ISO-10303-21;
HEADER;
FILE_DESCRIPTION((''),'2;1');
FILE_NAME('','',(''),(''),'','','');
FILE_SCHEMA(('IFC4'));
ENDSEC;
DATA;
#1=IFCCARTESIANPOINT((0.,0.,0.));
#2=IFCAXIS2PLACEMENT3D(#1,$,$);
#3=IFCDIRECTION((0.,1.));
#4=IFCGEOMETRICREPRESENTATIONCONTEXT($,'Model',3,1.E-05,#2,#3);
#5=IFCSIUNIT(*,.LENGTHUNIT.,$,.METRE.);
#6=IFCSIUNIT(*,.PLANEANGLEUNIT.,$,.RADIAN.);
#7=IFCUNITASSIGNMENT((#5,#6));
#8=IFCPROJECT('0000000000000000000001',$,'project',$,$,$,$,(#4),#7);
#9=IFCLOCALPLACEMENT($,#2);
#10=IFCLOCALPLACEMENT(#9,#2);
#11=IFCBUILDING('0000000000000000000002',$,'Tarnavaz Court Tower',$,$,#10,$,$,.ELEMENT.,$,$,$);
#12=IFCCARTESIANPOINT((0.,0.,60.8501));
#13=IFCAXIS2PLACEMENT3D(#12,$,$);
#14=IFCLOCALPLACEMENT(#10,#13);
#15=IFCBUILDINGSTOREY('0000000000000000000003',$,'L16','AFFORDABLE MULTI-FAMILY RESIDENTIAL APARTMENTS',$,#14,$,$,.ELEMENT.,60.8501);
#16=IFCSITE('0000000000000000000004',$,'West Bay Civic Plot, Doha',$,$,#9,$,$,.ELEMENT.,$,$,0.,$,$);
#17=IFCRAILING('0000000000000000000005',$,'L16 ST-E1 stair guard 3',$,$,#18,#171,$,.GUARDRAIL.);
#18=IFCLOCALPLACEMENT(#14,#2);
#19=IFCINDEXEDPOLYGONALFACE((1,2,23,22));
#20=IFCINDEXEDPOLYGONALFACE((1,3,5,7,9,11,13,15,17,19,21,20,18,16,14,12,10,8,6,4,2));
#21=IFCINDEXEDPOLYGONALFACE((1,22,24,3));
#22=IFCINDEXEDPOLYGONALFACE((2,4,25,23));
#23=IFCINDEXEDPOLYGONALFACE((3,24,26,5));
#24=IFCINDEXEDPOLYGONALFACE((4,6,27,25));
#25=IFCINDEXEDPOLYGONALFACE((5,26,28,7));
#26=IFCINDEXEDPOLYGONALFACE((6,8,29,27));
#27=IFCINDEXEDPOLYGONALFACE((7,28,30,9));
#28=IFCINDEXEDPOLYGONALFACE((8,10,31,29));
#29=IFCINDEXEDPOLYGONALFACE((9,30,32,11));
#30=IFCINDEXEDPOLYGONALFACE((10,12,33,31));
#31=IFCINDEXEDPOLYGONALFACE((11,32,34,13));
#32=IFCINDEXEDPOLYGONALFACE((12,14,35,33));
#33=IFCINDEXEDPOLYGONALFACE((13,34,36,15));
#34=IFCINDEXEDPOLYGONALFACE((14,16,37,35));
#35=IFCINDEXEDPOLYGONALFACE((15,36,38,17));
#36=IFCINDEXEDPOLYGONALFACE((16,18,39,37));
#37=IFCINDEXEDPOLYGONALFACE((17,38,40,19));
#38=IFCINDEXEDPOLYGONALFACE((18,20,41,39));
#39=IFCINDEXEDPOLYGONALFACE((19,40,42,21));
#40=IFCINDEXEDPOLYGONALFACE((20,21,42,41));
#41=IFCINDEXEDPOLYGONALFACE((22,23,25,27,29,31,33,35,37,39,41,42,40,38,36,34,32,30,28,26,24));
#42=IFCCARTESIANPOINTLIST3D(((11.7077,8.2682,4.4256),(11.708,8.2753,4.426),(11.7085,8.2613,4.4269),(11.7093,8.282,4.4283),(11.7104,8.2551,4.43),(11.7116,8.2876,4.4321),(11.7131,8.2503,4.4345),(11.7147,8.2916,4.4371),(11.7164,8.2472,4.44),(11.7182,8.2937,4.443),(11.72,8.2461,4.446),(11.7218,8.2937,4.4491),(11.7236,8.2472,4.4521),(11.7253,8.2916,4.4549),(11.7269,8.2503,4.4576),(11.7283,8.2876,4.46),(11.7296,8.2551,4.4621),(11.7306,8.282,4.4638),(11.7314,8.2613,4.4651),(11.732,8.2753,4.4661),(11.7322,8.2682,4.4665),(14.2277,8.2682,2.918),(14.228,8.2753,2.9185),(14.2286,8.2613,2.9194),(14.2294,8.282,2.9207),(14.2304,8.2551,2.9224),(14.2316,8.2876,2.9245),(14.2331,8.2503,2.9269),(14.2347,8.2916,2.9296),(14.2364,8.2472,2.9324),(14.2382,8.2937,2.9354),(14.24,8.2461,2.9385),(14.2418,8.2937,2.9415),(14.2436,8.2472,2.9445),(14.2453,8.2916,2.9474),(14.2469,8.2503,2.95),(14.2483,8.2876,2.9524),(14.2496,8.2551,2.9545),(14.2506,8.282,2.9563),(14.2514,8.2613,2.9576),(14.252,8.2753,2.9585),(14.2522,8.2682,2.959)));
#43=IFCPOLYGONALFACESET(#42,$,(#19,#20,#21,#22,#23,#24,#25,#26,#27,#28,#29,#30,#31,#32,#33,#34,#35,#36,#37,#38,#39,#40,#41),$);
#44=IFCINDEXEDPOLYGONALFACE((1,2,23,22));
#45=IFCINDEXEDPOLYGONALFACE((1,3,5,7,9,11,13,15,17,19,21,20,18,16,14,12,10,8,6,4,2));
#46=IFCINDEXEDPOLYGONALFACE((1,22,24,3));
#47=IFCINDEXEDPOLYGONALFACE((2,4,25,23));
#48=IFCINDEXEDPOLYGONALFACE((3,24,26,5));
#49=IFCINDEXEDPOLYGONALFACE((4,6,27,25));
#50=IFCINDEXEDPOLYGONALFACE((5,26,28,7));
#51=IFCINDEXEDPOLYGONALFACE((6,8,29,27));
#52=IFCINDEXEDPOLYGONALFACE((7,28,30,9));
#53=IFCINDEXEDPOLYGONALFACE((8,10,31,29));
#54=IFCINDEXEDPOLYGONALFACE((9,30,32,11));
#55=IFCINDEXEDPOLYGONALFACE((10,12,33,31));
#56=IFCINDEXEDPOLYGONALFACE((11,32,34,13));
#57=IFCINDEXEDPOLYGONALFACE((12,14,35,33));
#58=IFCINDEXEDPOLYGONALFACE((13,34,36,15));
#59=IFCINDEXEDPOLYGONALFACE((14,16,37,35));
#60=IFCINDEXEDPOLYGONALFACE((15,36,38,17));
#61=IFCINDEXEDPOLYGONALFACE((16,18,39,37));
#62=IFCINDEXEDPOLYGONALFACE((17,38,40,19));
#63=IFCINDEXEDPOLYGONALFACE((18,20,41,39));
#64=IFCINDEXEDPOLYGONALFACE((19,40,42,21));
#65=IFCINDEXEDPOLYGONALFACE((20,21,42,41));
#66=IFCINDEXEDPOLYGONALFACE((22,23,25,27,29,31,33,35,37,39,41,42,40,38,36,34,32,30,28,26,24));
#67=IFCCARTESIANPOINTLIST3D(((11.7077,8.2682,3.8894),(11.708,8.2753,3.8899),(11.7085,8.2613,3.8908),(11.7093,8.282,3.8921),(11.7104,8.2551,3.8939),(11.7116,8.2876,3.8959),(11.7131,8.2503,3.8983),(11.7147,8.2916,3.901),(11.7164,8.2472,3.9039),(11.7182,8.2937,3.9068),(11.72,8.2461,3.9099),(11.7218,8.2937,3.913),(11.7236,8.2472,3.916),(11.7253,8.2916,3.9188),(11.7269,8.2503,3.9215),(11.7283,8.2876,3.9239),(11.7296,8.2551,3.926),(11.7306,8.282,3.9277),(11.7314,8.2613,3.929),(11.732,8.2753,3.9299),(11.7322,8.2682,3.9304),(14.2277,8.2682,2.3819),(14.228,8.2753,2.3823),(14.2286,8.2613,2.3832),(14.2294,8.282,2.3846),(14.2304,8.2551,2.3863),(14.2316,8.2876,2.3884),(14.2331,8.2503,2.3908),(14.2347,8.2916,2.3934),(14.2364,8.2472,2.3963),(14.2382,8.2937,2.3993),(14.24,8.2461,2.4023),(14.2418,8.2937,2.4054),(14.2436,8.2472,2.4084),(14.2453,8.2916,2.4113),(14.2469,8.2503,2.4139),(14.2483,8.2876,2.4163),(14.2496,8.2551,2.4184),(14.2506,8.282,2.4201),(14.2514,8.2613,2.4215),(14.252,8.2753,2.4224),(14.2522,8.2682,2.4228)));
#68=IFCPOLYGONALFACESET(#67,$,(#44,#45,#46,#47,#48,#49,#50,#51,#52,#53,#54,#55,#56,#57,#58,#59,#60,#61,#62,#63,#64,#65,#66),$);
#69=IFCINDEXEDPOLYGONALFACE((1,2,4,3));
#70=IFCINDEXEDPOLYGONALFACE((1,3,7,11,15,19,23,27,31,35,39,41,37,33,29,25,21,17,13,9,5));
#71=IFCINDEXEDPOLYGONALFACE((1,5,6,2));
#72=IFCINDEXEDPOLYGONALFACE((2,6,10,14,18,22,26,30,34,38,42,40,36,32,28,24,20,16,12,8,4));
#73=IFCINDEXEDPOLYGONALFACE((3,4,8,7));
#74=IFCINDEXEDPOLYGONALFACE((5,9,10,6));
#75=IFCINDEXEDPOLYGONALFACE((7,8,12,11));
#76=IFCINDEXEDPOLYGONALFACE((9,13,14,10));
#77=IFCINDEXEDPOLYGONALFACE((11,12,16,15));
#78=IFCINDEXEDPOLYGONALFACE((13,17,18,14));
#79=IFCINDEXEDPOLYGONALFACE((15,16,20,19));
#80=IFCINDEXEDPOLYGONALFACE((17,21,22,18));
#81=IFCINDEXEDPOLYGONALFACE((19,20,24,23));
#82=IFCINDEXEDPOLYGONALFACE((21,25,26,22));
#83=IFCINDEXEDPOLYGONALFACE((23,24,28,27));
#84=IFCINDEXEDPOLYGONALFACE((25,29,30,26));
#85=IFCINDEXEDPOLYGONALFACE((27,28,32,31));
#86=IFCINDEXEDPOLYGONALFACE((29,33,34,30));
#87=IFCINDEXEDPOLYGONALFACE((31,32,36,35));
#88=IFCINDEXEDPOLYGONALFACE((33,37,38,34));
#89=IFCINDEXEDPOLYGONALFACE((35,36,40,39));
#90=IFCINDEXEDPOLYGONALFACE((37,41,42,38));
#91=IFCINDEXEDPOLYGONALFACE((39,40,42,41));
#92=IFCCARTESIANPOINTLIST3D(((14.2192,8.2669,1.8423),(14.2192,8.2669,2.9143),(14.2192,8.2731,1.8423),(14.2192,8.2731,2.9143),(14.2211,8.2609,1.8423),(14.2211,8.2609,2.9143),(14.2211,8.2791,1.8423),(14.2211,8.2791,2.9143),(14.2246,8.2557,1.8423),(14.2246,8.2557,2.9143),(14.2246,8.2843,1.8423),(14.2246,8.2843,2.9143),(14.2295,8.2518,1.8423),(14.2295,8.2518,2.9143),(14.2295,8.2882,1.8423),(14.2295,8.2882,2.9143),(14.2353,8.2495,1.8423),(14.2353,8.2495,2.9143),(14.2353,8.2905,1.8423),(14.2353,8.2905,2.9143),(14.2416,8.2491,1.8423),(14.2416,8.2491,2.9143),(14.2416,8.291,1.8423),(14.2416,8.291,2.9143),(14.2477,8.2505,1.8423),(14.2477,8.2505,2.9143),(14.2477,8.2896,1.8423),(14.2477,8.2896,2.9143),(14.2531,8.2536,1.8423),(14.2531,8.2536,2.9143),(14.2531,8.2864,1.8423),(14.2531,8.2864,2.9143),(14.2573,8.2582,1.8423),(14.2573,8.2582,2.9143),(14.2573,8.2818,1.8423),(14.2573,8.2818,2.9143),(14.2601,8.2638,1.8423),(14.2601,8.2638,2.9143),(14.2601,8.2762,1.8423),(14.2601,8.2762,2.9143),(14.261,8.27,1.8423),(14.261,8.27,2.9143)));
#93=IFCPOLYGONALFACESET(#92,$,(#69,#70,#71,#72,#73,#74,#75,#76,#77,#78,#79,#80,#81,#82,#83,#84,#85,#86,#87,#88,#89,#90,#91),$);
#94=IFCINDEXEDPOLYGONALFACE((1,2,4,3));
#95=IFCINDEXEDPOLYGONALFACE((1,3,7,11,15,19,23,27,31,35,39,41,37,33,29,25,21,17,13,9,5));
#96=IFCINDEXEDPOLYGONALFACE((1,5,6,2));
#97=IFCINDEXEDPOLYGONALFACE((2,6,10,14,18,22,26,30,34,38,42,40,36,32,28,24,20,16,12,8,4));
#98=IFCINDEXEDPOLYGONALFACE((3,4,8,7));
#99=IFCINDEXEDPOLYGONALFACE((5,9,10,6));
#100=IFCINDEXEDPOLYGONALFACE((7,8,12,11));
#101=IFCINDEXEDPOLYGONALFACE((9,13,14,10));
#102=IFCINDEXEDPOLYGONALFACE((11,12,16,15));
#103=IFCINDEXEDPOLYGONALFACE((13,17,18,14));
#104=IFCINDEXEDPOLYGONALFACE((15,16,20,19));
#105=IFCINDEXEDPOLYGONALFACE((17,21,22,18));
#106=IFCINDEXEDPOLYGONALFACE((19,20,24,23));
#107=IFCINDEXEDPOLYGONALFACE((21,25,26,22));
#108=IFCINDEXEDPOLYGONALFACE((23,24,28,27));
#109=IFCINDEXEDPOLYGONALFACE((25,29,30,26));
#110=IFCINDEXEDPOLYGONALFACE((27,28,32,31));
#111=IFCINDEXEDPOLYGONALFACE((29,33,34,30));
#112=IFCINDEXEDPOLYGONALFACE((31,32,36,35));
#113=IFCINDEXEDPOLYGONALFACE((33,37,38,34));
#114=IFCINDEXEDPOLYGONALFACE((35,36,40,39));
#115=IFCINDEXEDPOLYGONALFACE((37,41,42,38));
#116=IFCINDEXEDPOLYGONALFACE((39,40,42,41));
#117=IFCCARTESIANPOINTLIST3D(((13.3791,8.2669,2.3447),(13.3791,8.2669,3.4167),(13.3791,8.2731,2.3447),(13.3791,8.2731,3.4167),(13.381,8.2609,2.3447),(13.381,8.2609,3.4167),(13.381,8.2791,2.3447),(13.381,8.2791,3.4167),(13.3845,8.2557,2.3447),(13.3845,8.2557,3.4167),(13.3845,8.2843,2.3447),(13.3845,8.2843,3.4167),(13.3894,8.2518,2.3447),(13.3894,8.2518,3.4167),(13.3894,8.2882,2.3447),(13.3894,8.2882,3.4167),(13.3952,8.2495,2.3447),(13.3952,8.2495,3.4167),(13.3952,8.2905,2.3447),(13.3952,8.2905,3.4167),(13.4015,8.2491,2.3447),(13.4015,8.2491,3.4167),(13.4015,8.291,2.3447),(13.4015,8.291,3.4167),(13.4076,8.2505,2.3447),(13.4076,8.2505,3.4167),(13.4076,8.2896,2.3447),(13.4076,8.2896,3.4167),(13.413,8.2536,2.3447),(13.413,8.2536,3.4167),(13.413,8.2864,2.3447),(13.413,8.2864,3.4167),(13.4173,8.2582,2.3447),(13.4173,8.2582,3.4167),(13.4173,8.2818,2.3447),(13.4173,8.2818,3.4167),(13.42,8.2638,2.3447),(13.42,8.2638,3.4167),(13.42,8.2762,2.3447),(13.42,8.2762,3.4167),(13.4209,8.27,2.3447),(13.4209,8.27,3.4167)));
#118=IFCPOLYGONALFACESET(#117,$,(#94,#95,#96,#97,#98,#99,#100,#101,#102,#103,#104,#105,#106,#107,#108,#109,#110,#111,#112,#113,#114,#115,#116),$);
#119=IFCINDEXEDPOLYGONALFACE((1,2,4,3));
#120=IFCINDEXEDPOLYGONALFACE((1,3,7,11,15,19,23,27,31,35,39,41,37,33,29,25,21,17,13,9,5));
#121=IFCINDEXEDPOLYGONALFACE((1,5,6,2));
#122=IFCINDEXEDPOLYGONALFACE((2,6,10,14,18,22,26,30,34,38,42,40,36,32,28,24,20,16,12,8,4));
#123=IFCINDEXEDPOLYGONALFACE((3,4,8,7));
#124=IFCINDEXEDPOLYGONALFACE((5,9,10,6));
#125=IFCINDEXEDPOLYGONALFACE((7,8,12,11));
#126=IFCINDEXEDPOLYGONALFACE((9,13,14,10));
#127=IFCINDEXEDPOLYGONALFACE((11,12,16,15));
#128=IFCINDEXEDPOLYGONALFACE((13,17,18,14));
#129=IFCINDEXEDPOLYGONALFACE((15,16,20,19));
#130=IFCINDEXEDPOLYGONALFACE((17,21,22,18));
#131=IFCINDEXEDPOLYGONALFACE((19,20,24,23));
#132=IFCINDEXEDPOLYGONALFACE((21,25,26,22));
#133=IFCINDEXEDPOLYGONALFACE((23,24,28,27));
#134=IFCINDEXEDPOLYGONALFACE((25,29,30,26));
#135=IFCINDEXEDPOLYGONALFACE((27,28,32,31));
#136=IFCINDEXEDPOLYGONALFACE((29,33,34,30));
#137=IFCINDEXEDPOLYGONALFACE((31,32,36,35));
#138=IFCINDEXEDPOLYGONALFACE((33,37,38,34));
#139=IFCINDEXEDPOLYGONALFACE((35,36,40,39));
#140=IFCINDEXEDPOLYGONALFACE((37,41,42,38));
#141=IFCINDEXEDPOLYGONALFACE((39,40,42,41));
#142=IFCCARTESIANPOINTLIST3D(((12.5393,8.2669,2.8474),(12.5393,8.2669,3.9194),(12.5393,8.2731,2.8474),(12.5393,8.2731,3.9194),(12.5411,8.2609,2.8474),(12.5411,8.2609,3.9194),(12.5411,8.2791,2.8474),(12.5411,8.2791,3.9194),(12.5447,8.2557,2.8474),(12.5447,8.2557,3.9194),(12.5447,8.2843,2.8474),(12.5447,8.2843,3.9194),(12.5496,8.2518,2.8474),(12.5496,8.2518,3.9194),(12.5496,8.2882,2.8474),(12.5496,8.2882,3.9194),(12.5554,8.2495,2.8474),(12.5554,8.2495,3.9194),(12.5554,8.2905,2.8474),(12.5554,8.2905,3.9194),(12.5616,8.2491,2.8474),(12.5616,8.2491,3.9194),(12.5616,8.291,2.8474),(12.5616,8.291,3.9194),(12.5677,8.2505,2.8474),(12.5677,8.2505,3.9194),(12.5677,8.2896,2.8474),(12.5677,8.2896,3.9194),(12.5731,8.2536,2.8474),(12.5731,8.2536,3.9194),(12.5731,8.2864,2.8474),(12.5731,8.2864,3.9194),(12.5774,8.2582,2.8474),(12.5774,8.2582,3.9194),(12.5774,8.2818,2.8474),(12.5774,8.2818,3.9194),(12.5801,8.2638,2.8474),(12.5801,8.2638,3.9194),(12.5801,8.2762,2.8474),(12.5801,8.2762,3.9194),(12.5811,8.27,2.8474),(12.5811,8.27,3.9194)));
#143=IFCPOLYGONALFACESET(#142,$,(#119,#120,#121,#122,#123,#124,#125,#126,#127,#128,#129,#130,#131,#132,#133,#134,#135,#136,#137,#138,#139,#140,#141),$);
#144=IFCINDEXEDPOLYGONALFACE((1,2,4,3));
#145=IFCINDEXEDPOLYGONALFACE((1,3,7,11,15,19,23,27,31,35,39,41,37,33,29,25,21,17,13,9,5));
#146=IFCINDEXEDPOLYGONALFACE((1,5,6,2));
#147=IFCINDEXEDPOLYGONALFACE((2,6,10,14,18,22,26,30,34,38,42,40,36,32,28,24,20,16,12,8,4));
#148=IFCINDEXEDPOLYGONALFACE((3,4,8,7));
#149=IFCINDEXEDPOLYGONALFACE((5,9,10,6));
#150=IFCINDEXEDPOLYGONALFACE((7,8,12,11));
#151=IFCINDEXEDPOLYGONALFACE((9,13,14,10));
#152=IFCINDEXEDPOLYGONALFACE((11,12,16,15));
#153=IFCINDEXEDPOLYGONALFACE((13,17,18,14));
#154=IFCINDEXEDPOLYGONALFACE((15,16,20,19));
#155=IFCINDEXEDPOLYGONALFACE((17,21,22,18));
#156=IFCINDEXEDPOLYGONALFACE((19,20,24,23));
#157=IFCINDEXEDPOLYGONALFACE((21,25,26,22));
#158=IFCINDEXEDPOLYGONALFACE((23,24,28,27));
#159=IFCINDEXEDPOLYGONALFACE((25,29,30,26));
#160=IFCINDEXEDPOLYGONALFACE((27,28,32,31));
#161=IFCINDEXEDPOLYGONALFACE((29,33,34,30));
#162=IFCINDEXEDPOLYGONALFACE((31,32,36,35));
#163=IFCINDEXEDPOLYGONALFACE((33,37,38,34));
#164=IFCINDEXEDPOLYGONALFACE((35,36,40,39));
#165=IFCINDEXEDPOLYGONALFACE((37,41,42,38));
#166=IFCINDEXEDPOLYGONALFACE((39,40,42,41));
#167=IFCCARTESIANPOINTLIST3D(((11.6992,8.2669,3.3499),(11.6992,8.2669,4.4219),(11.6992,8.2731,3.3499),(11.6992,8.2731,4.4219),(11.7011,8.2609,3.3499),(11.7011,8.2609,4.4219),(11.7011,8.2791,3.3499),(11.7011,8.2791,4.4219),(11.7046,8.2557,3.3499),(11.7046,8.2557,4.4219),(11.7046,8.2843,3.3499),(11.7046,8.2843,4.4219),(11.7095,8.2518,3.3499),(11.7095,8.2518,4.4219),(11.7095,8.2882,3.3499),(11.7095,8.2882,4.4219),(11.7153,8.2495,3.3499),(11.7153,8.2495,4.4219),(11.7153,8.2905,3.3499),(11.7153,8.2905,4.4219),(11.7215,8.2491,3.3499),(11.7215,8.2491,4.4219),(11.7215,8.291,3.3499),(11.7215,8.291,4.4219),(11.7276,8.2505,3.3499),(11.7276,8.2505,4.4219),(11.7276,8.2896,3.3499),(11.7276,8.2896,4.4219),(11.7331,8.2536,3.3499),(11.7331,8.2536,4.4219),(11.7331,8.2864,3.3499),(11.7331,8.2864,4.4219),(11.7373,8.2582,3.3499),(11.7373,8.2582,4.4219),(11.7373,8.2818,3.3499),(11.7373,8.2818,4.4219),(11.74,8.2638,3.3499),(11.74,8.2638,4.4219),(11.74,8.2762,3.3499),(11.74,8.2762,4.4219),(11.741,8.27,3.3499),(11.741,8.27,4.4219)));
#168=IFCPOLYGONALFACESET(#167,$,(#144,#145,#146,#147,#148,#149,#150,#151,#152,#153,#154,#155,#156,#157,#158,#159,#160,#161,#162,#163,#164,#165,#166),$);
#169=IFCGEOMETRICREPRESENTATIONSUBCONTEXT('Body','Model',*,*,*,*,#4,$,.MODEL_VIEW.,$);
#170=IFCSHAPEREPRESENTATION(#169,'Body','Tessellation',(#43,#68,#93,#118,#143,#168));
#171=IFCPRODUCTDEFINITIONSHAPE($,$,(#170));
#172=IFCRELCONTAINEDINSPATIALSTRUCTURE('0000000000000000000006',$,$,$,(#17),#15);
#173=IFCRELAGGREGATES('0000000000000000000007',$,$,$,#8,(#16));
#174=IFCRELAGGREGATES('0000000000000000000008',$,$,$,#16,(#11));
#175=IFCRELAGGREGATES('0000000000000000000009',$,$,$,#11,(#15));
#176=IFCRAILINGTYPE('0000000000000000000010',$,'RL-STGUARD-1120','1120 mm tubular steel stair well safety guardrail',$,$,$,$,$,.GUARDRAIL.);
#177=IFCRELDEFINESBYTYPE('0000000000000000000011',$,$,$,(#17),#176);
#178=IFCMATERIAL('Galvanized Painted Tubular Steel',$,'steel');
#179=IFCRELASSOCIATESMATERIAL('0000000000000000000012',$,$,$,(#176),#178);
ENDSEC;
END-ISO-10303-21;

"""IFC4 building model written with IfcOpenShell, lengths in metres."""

from ifc_helpers import new_model, si_unit, direction, frame, origin, origin_2d, place, context, subcontext, project, spatial, circle, extrude, material, type_object, element, save


model = new_model("IFC4")

# Units and contexts
model_context = context("Model", 3, precision=1e-05, world=origin(), true_north=direction((0.0, 1.0)))
body_context = subcontext(model_context, "Body", "Model", "MODEL_VIEW")
ifc_project = project(units=[si_unit("LENGTHUNIT", "METRE"), si_unit("PLANEANGLEUNIT", "RADIAN")], contexts=[model_context])

# Site, building, storey
site_placement = place(None, origin())
site = spatial("IfcSite", under=ifc_project, at=site_placement, Name="West Bay Civic Plot, Doha", CompositionType="ELEMENT", RefElevation=0.0)
building_placement = place(site_placement, origin())
building = spatial("IfcBuilding", under=site, at=building_placement, Name="Tarnavaz Court Tower", CompositionType="ELEMENT")
storey_placement = place(building_placement, frame((0.0, 0.0, 60.8501)))
storey = spatial("IfcBuildingStorey", under=building, at=storey_placement, Name="L16", Description="AFFORDABLE MULTI-FAMILY RESIDENTIAL APARTMENTS", CompositionType="ELEMENT", Elevation=60.8501)

# Railing
ifc_material_1 = material(Name="Galvanized Painted Tubular Steel", Category="steel")
railing_type_1 = type_object("IfcRailingType", Name="RL-STGUARD-1120", Description="1120 mm tubular steel stair well safety guardrail", PredefinedType="GUARDRAIL", material=ifc_material_1)
railing_1_placement = place(storey_placement, frame((14.24, 8.27, 1.8423)))
element("IfcRailing", 1, at=railing_1_placement, inside=storey, type_object=railing_type_1, Name="L16 ST-E1 stair guard 3", PredefinedType="GUARDRAIL", context=body_context, shape_type="SweptSolid", body=[
    extrude(circle(Radius=0.0239, at=origin_2d()), frame((0.0, 0.0, 1.0962), z_axis=(-0.85816, 0.0, 0.513383), x_axis=(0.0, -1.0, 0.0)), (0.0, 0.0, 1.0), 2.9365),
    extrude(circle(Radius=0.0239, at=origin_2d()), frame((0.0, 0.0, 0.5601), z_axis=(-0.85816, 0.0, 0.513383), x_axis=(0.0, -1.0, 0.0)), (0.0, 0.0, 1.0), 2.9365),
    extrude(circle(Radius=0.021, at=origin_2d()), origin(), (0.0, 0.0, 1.0), 1.072),
    extrude(circle(Radius=0.021, at=origin_2d()), frame((-0.8401, 0.0, 0.5024)), (0.0, 0.0, 1.0), 1.072),
    extrude(circle(Radius=0.021, at=origin_2d()), frame((-1.6799, 0.0, 1.0051)), (0.0, 0.0, 1.0), 1.072),
    extrude(circle(Radius=0.021, at=origin_2d()), frame((-2.52, 0.0, 1.5076)), (0.0, 0.0, 1.0), 1.072),
])

save(model, "model.ifc")
